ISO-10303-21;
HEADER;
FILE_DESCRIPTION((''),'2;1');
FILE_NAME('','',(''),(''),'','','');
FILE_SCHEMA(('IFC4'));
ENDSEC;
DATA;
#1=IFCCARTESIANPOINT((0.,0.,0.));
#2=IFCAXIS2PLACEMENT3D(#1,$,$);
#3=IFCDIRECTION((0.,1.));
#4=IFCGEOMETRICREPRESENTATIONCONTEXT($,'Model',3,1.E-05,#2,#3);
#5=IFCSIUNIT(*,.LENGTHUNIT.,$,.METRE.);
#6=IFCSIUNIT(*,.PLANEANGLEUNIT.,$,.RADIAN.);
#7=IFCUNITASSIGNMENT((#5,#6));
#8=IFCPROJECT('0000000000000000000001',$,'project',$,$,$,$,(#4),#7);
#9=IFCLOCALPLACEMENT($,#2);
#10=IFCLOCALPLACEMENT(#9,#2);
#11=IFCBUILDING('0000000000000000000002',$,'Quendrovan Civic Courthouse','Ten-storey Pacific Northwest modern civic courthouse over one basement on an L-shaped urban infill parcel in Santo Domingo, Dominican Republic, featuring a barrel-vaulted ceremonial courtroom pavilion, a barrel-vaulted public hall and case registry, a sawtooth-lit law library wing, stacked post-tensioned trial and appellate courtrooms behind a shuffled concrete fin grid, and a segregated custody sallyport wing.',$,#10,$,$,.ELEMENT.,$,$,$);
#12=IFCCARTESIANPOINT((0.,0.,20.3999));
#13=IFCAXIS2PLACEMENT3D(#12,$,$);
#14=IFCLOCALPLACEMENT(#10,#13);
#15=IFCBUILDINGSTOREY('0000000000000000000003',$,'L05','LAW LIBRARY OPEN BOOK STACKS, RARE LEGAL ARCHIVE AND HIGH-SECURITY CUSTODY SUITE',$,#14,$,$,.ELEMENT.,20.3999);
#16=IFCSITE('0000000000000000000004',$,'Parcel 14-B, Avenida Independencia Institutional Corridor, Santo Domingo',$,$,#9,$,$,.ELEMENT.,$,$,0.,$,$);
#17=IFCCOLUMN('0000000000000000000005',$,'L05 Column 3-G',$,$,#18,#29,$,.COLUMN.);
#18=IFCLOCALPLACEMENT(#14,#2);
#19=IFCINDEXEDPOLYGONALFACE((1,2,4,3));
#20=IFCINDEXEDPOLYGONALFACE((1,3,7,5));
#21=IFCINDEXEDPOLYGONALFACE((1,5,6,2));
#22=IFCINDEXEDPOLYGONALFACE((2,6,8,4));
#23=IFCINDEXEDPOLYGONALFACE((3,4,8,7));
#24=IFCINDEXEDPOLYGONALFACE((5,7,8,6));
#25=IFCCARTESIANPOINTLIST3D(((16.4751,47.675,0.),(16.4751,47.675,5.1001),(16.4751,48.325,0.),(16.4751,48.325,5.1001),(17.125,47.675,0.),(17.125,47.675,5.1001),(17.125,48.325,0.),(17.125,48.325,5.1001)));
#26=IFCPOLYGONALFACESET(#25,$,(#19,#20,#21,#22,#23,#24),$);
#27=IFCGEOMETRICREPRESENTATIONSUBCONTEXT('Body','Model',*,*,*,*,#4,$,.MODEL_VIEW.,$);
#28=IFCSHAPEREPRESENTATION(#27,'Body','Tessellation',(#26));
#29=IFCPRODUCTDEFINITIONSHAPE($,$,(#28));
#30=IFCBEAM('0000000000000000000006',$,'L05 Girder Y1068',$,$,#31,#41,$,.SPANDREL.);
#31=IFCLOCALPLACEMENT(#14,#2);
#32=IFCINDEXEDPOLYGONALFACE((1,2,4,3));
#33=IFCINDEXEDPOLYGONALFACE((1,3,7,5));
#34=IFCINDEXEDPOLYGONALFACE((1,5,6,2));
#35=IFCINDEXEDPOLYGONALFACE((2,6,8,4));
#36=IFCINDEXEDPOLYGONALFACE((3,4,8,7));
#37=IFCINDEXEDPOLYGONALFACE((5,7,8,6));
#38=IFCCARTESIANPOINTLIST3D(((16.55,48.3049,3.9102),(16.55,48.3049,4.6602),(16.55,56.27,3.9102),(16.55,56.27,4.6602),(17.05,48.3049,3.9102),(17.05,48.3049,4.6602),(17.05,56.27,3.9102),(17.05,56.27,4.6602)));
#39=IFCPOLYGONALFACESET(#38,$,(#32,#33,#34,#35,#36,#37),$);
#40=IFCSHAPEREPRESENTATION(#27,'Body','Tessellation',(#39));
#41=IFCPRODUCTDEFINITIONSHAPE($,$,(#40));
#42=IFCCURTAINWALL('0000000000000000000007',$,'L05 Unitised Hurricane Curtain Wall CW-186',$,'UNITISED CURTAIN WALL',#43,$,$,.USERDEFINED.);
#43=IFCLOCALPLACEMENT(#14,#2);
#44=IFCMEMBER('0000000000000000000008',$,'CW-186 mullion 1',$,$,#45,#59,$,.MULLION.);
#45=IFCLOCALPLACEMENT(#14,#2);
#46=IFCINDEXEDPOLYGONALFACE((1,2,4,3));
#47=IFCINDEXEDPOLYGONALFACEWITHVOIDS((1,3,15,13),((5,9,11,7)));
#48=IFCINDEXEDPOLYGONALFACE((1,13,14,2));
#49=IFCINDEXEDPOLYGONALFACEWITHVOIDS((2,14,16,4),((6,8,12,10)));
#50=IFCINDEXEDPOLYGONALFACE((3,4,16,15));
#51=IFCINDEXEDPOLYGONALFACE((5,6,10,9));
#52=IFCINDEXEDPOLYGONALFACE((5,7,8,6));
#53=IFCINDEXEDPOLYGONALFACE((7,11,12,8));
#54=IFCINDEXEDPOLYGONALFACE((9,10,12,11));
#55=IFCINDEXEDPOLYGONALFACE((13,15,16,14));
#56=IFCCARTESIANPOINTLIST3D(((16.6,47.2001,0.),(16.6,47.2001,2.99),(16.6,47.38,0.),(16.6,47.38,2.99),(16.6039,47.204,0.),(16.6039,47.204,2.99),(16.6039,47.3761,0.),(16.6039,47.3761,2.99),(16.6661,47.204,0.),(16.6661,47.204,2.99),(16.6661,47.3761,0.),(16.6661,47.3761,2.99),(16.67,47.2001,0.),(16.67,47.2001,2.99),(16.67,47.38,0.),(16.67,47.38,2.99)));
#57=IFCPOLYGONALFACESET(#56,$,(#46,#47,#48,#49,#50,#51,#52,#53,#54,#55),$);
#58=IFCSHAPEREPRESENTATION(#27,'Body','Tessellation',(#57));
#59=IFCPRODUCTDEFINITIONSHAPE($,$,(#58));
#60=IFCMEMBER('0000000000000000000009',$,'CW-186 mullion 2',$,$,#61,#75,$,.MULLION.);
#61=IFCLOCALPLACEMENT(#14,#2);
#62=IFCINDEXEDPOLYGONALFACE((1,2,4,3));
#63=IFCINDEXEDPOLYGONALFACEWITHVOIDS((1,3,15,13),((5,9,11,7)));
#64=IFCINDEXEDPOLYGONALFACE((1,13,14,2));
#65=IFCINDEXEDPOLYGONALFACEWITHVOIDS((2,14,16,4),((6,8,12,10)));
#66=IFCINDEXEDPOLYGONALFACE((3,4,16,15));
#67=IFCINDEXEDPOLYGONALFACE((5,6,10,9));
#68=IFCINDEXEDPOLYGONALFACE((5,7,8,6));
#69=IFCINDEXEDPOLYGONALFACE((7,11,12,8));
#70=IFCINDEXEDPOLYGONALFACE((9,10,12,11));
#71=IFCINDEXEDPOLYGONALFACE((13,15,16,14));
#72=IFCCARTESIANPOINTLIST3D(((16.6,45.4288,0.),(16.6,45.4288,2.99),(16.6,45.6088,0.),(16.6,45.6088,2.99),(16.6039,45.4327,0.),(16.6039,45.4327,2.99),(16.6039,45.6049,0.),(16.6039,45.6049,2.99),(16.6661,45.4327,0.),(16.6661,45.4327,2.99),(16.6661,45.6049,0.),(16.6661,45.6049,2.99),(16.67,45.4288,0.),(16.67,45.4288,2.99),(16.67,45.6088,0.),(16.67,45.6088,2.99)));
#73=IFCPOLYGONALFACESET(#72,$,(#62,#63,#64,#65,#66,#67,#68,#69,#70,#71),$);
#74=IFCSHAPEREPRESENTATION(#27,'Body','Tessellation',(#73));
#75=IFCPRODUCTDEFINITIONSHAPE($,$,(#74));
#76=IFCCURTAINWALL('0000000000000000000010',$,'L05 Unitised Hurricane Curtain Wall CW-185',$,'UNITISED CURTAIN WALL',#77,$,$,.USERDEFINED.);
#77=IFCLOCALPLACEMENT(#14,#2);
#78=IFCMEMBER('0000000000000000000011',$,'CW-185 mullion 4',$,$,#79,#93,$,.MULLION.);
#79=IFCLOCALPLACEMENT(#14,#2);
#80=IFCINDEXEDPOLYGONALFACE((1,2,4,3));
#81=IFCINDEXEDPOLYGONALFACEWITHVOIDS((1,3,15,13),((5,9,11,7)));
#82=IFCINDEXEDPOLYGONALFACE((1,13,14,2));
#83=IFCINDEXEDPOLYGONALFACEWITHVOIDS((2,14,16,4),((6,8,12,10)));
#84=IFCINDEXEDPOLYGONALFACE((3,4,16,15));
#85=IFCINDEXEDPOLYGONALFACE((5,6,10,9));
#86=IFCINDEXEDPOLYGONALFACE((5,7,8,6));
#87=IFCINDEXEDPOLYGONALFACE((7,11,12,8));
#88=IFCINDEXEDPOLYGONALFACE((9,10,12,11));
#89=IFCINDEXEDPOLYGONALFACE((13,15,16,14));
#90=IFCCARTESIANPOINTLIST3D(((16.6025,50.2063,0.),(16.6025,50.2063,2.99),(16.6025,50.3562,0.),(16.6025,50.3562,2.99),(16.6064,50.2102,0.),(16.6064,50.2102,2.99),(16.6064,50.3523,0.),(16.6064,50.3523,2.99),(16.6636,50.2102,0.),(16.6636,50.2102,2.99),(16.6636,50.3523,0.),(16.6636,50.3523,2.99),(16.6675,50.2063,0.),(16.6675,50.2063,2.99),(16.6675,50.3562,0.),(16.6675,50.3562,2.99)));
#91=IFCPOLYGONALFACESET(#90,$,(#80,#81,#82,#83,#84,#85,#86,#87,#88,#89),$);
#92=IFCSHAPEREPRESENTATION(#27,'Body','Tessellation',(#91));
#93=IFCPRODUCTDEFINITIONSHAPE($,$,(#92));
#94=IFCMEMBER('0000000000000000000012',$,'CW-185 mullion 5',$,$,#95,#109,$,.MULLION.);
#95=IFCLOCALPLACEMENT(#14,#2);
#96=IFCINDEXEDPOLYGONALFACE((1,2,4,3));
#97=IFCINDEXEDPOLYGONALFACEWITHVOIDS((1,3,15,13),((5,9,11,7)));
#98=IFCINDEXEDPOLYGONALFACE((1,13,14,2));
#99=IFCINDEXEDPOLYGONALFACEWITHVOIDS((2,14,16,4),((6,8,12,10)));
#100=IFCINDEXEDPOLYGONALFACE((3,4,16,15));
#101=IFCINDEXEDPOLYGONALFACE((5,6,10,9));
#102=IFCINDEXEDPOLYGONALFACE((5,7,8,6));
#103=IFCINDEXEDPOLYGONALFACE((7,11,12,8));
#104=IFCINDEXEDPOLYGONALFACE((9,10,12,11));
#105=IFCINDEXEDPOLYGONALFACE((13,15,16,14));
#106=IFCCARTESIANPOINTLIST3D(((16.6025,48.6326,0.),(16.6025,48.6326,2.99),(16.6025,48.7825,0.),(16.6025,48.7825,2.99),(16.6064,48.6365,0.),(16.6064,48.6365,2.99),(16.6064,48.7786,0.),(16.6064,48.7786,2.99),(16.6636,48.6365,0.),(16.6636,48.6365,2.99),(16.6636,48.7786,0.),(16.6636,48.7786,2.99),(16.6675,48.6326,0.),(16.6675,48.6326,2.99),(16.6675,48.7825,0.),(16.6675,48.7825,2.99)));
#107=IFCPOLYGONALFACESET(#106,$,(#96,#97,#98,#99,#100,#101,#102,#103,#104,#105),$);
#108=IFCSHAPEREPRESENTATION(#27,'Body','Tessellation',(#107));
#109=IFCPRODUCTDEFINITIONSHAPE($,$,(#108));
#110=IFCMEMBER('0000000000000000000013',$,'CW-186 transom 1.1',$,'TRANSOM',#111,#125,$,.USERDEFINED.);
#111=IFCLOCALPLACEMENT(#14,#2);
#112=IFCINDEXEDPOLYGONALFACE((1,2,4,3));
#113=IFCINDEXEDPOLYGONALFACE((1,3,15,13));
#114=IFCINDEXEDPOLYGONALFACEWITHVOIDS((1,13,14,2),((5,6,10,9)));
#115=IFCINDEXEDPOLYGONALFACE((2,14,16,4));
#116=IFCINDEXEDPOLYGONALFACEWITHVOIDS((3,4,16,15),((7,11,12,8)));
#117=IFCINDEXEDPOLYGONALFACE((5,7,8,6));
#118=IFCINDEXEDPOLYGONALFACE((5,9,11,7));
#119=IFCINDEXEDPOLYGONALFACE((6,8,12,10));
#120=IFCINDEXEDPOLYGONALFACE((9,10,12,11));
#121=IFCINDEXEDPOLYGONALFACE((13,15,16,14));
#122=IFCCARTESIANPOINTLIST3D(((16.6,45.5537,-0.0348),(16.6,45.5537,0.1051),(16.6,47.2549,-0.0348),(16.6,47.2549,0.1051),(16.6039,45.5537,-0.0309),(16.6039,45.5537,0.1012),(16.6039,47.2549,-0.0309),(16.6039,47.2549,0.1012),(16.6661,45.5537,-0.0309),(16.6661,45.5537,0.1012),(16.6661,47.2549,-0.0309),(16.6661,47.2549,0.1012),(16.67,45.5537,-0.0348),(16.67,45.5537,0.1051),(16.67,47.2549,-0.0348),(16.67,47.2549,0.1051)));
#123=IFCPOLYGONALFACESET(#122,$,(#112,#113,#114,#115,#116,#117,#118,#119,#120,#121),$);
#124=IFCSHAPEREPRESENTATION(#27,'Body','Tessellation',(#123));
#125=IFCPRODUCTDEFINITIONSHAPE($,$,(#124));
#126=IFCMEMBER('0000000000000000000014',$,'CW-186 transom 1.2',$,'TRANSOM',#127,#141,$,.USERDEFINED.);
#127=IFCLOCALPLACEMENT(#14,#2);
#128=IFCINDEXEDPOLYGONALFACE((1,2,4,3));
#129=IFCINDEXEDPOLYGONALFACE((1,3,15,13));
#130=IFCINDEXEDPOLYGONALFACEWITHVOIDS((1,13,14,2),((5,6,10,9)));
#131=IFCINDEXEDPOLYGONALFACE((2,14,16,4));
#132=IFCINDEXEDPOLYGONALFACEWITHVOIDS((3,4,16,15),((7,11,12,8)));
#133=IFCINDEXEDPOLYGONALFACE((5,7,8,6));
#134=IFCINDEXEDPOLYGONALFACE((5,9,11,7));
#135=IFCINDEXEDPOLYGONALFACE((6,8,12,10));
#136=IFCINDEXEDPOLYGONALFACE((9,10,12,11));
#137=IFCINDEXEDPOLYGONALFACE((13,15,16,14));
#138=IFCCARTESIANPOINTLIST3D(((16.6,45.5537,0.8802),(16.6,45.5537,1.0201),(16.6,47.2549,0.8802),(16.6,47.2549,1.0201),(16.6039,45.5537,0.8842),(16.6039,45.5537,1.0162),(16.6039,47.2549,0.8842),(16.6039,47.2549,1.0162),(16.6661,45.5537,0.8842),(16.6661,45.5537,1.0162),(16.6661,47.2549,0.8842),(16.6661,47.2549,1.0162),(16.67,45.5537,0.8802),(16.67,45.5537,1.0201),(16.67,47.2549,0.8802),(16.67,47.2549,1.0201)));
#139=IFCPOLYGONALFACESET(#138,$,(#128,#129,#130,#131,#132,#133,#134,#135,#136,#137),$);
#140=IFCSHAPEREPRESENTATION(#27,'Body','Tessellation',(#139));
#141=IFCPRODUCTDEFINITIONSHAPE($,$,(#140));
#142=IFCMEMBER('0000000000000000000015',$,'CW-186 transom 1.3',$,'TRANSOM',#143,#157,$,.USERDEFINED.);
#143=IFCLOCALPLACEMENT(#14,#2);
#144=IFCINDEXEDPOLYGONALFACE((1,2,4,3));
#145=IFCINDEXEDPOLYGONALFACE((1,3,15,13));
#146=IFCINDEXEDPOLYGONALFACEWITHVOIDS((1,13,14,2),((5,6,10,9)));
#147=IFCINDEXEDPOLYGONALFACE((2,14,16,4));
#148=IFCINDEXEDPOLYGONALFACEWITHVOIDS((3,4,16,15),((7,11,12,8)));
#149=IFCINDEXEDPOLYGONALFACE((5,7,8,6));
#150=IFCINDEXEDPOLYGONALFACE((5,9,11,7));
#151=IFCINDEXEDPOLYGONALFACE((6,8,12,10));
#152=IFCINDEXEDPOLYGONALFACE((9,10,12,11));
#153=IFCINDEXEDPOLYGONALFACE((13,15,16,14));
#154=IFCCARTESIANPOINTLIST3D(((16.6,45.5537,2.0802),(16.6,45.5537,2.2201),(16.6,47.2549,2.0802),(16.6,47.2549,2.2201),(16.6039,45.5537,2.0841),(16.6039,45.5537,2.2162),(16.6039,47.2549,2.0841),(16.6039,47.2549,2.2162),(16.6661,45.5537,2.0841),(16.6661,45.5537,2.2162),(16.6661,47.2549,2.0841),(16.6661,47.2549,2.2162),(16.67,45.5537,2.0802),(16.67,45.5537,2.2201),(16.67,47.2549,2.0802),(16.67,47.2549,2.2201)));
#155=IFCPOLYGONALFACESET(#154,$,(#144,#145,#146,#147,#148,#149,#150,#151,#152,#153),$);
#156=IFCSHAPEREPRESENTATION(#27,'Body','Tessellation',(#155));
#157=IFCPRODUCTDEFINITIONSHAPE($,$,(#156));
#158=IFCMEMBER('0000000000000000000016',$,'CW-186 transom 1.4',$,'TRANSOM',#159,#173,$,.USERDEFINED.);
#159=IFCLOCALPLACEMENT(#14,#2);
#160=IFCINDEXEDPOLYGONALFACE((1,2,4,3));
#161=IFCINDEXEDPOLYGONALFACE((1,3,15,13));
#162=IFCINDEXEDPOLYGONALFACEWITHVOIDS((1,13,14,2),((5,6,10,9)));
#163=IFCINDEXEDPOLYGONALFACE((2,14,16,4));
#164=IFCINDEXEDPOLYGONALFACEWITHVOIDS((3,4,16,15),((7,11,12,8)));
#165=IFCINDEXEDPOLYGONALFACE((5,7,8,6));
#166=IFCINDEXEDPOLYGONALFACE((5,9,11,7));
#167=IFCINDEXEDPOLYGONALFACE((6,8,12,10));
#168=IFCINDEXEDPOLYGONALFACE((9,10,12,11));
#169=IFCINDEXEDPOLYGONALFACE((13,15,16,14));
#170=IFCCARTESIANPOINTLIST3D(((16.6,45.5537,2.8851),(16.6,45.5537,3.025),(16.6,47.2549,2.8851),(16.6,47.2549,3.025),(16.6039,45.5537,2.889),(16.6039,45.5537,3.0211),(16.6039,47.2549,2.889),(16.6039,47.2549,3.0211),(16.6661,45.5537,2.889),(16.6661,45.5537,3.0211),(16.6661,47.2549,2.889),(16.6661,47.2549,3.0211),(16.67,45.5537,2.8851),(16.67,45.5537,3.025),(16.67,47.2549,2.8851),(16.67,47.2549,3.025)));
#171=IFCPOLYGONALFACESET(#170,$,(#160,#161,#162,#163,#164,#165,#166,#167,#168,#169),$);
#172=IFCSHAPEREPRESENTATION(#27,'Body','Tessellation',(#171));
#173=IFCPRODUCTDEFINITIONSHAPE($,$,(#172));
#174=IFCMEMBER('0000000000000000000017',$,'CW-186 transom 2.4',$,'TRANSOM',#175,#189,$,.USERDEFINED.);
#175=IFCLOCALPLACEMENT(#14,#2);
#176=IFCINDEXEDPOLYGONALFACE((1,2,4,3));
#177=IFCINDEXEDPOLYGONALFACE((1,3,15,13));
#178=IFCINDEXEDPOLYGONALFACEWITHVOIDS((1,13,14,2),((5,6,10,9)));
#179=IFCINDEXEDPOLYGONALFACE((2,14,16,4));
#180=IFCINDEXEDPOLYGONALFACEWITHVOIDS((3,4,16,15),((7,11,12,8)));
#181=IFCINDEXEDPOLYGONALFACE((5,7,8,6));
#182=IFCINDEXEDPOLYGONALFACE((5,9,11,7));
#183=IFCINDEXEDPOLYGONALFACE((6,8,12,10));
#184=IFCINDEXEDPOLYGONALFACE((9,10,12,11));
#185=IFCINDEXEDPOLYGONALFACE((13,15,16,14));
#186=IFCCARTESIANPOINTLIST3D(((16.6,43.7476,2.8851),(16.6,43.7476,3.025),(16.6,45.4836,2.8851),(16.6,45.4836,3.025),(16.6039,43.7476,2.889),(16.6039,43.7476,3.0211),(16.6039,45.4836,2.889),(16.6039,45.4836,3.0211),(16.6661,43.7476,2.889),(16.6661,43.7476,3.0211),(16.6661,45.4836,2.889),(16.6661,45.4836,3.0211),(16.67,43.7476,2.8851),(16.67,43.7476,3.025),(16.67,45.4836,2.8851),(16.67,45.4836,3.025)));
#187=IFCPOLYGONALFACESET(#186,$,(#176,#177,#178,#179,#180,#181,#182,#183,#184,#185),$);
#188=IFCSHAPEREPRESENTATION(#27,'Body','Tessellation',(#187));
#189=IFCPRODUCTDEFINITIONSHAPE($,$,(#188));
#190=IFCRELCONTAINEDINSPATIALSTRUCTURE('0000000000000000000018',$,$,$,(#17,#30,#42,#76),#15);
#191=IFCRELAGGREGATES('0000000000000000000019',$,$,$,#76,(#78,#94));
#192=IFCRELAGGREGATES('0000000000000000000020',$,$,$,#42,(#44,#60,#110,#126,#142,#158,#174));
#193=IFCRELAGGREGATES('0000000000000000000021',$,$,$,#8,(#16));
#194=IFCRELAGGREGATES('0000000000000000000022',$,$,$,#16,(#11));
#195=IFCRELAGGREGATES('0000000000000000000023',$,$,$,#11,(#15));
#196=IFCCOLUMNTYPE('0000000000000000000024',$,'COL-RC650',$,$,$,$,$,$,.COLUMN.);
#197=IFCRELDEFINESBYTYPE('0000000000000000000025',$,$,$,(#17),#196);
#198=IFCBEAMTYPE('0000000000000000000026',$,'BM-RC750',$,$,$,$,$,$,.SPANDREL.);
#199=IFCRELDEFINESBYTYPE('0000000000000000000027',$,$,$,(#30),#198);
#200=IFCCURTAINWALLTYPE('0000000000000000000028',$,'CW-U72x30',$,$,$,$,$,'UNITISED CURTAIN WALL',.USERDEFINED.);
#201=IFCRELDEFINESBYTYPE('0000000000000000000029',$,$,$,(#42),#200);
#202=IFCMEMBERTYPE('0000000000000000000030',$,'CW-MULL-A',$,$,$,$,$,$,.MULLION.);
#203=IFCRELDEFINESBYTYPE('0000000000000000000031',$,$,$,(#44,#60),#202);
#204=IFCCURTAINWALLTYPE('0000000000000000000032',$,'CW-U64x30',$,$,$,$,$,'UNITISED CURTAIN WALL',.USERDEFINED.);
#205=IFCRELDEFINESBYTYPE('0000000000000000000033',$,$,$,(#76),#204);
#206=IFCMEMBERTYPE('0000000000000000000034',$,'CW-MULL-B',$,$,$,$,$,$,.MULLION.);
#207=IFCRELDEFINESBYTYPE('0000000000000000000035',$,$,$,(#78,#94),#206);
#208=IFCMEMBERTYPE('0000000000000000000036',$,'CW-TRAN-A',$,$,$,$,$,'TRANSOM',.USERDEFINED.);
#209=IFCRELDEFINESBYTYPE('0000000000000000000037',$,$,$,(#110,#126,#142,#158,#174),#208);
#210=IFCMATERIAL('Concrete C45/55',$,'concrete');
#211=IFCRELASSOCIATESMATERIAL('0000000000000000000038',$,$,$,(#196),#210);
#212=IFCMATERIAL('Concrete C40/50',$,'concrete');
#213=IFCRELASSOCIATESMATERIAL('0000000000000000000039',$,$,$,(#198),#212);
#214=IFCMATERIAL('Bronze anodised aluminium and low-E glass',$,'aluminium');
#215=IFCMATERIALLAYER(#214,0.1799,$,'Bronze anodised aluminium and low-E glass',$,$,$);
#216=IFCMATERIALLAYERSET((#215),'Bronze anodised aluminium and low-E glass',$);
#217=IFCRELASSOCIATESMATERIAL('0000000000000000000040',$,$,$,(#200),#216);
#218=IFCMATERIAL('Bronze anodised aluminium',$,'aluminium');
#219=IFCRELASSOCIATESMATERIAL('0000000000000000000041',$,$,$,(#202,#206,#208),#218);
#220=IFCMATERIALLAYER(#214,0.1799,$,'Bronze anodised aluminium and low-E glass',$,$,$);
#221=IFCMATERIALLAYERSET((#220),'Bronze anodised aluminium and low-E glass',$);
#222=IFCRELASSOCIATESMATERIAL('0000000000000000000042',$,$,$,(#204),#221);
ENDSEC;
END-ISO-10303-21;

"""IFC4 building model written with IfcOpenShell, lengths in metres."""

from ifc_helpers import new_model, si_unit, direction, frame, origin, origin_2d, place, context, subcontext, project, spatial, rectangle, hollow_rectangle, extrude, material, layer, layer_set, material_profile, profile_set, type_object, element, aggregate, save


model = new_model("IFC4")

# Units and contexts
model_context = context("Model", 3, precision=1e-05, world=origin(), true_north=direction((0.0, 1.0)))
body_context = subcontext(model_context, "Body", "Model", "MODEL_VIEW")
ifc_project = project(units=[si_unit("LENGTHUNIT", "METRE"), si_unit("PLANEANGLEUNIT", "RADIAN")], contexts=[model_context])

# Site, building, storey
site_placement = place(None, origin())
site = spatial("IfcSite", under=ifc_project, at=site_placement, Name="Parcel 14-B, Avenida Independencia Institutional Corridor, Santo Domingo", CompositionType="ELEMENT", RefElevation=0.0)
building_placement = place(site_placement, origin())
building = spatial("IfcBuilding", under=site, at=building_placement, Name="Quendrovan Civic Courthouse", Description="Ten-storey Pacific Northwest modern civic courthouse over one basement on an L-shaped urban infill parcel in Santo Domingo, Dominican Republic, featuring a barrel-vaulted ceremonial courtroom pavilion, a barrel-vaulted public hall and case registry, a sawtooth-lit law library wing, stacked post-tensioned trial and appellate courtrooms behind a shuffled concrete fin grid, and a segregated custody sallyport wing.", CompositionType="ELEMENT")
storey_placement = place(building_placement, frame((0.0, 0.0, 20.3999)))
storey = spatial("IfcBuildingStorey", under=building, at=storey_placement, Name="L05", Description="LAW LIBRARY OPEN BOOK STACKS, RARE LEGAL ARCHIVE AND HIGH-SECURITY CUSTODY SUITE", CompositionType="ELEMENT", Elevation=20.3999)

# Column
ifc_material_1 = material(Name="Concrete C45/55", Category="concrete")
ifc_material_profile_1 = material_profile(ifc_material_1, rectangle(XDim=0.6499, YDim=0.6499, at=origin_2d()), Name="RC-COL-650x650")
ifc_profile_set_1 = profile_set([ifc_material_profile_1], Name="Concrete C45/55")
column_type = type_object("IfcColumnType", Name="COL-RC650", PredefinedType="COLUMN", material=ifc_profile_set_1)
column_placement = place(storey_placement, frame((16.8, 48.0, 0.0), z_axis=(0.0, 0.0, 1.0), x_axis=(1.0, 0.0, 0.0)))
element("IfcColumn", 1, at=column_placement, inside=storey, type_object=column_type, Name="L05 Column 3-G", PredefinedType="COLUMN", context=body_context, shape_type="SweptSolid", body=[
    extrude(rectangle(XDim=0.6499, YDim=0.6499, at=origin_2d()), origin(), (0.0, 0.0, 1.0), 5.1001),
])

# Beam
ifc_material_2 = material(Name="Concrete C40/50", Category="concrete")
ifc_material_profile_2 = material_profile(ifc_material_2, rectangle(XDim=0.5, YDim=0.75, at=origin_2d()), Name="RC-BM-500x750")
ifc_profile_set_2 = profile_set([ifc_material_profile_2], Name="Concrete C40/50")
beam_type = type_object("IfcBeamType", Name="BM-RC750", PredefinedType="SPANDREL", material=ifc_profile_set_2)
beam_placement = place(storey_placement, frame((16.8, 48.3049, 4.2852), z_axis=(0.0, 1.0, 0.0), x_axis=(-1.0, 0.0, 0.0)))
element("IfcBeam", 2, at=beam_placement, inside=storey, type_object=beam_type, Name="L05 Girder Y1068", PredefinedType="SPANDREL", context=body_context, shape_type="SweptSolid", body=[
    extrude(rectangle(XDim=0.5, YDim=0.75, at=origin_2d()), origin(), (0.0, 0.0, 1.0), 7.9651),
])

# Curtain walls, members
ifc_material_3 = material(Name="Bronze anodised aluminium and low-E glass", Category="aluminium")
ifc_layer_1 = layer(ifc_material_3, 0.1799, Name="Bronze anodised aluminium and low-E glass")
ifc_layer_set_1 = layer_set([ifc_layer_1], Name="Bronze anodised aluminium and low-E glass")
curtain_wall_type_1 = type_object("IfcCurtainWallType", Name="CW-U72x30", ElementType="UNITISED CURTAIN WALL", PredefinedType="USERDEFINED", material=ifc_layer_set_1)
curtain_wall_1_placement = place(storey_placement, origin())
curtain_wall_1 = element("IfcCurtainWall", 3, at=curtain_wall_1_placement, inside=storey, type_object=curtain_wall_type_1, Name="L05 Unitised Hurricane Curtain Wall CW-186", ObjectType="UNITISED CURTAIN WALL", PredefinedType="USERDEFINED")
ifc_material_4 = material(Name="Bronze anodised aluminium", Category="aluminium")
ifc_material_profile_3 = material_profile(ifc_material_4, hollow_rectangle(XDim=0.0701, YDim=0.1799, WallThickness=0.0039, at=origin_2d()), Name="CW-MULL-70x180")
ifc_profile_set_3 = profile_set([ifc_material_profile_3], Name="Bronze anodised aluminium")
member_type_1 = type_object("IfcMemberType", Name="CW-MULL-A", PredefinedType="MULLION", material=ifc_profile_set_3)
member_1_placement = place(storey_placement, frame((16.635, 47.29, 0.0), z_axis=(0.0, 0.0, 1.0), x_axis=(1.0, 0.0, 0.0)))
member_1 = element("IfcMember", 4, at=member_1_placement, type_object=member_type_1, Name="CW-186 mullion 1", PredefinedType="MULLION", context=body_context, shape_type="SweptSolid", body=[
    extrude(hollow_rectangle(XDim=0.0701, YDim=0.1799, WallThickness=0.0039, at=origin_2d()), origin(), (0.0, 0.0, 1.0), 2.99),
])
member_2_placement = place(storey_placement, frame((16.635, 45.5188, 0.0), z_axis=(0.0, 0.0, 1.0), x_axis=(1.0, 0.0, 0.0)))
member_2 = element("IfcMember", 5, at=member_2_placement, type_object=member_type_1, Name="CW-186 mullion 2", PredefinedType="MULLION", context=body_context, shape_type="SweptSolid", body=[
    extrude(hollow_rectangle(XDim=0.0701, YDim=0.1799, WallThickness=0.0039, at=origin_2d()), origin(), (0.0, 0.0, 1.0), 2.99),
])
ifc_layer_2 = layer(ifc_material_3, 0.1799, Name="Bronze anodised aluminium and low-E glass")
ifc_layer_set_2 = layer_set([ifc_layer_2], Name="Bronze anodised aluminium and low-E glass")
curtain_wall_type_2 = type_object("IfcCurtainWallType", Name="CW-U64x30", ElementType="UNITISED CURTAIN WALL", PredefinedType="USERDEFINED", material=ifc_layer_set_2)
curtain_wall_2_placement = place(storey_placement, origin())
curtain_wall_2 = element("IfcCurtainWall", 6, at=curtain_wall_2_placement, inside=storey, type_object=curtain_wall_type_2, Name="L05 Unitised Hurricane Curtain Wall CW-185", ObjectType="UNITISED CURTAIN WALL", PredefinedType="USERDEFINED")
ifc_material_profile_4 = material_profile(ifc_material_4, hollow_rectangle(XDim=0.0649, YDim=0.1499, WallThickness=0.0039, at=origin_2d()), Name="CW-MULL-65x150")
ifc_profile_set_4 = profile_set([ifc_material_profile_4], Name="Bronze anodised aluminium")
member_type_2 = type_object("IfcMemberType", Name="CW-MULL-B", PredefinedType="MULLION", material=ifc_profile_set_4)
member_3_placement = place(storey_placement, frame((16.635, 50.2812, 0.0), z_axis=(0.0, 0.0, 1.0), x_axis=(1.0, 0.0, 0.0)))
member_3 = element("IfcMember", 7, at=member_3_placement, type_object=member_type_2, Name="CW-185 mullion 4", PredefinedType="MULLION", context=body_context, shape_type="SweptSolid", body=[
    extrude(hollow_rectangle(XDim=0.0649, YDim=0.1499, WallThickness=0.0039, at=origin_2d()), origin(), (0.0, 0.0, 1.0), 2.99),
])
member_4_placement = place(storey_placement, frame((16.635, 48.7075, 0.0), z_axis=(0.0, 0.0, 1.0), x_axis=(1.0, 0.0, 0.0)))
member_4 = element("IfcMember", 8, at=member_4_placement, type_object=member_type_2, Name="CW-185 mullion 5", PredefinedType="MULLION", context=body_context, shape_type="SweptSolid", body=[
    extrude(hollow_rectangle(XDim=0.0649, YDim=0.1499, WallThickness=0.0039, at=origin_2d()), origin(), (0.0, 0.0, 1.0), 2.99),
])

# Members
ifc_material_profile_5 = material_profile(ifc_material_4, hollow_rectangle(XDim=0.0701, YDim=0.1399, WallThickness=0.0039, at=origin_2d()), Name="CW-TRAN-70x140")
ifc_profile_set_5 = profile_set([ifc_material_profile_5], Name="Bronze anodised aluminium")
member_type_3 = type_object("IfcMemberType", Name="CW-TRAN-A", ElementType="TRANSOM", PredefinedType="USERDEFINED", material=ifc_profile_set_5)
member_5_placement = place(storey_placement, frame((16.635, 47.2549, 0.0352), z_axis=(0.0, -1.0, 0.0), x_axis=(1.0, 0.0, 0.0)))
member_5 = element("IfcMember", 9, at=member_5_placement, type_object=member_type_3, Name="CW-186 transom 1.1", ObjectType="TRANSOM", PredefinedType="USERDEFINED", context=body_context, shape_type="SweptSolid", body=[
    extrude(hollow_rectangle(XDim=0.0701, YDim=0.1399, WallThickness=0.0039, at=origin_2d()), origin(), (0.0, 0.0, 1.0), 1.7012),
])
member_6_placement = place(storey_placement, frame((16.635, 47.2549, 0.9502), z_axis=(0.0, -1.0, 0.0), x_axis=(1.0, 0.0, 0.0)))
member_6 = element("IfcMember", 10, at=member_6_placement, type_object=member_type_3, Name="CW-186 transom 1.2", ObjectType="TRANSOM", PredefinedType="USERDEFINED", context=body_context, shape_type="SweptSolid", body=[
    extrude(hollow_rectangle(XDim=0.0701, YDim=0.1399, WallThickness=0.0039, at=origin_2d()), origin(), (0.0, 0.0, 1.0), 1.7012),
])
member_7_placement = place(storey_placement, frame((16.635, 47.2549, 2.1501), z_axis=(0.0, -1.0, 0.0), x_axis=(1.0, 0.0, 0.0)))
member_7 = element("IfcMember", 11, at=member_7_placement, type_object=member_type_3, Name="CW-186 transom 1.3", ObjectType="TRANSOM", PredefinedType="USERDEFINED", context=body_context, shape_type="SweptSolid", body=[
    extrude(hollow_rectangle(XDim=0.0701, YDim=0.1399, WallThickness=0.0039, at=origin_2d()), origin(), (0.0, 0.0, 1.0), 1.7012),
])
member_8_placement = place(storey_placement, frame((16.635, 47.2549, 2.9551), z_axis=(0.0, -1.0, 0.0), x_axis=(1.0, 0.0, 0.0)))
member_8 = element("IfcMember", 12, at=member_8_placement, type_object=member_type_3, Name="CW-186 transom 1.4", ObjectType="TRANSOM", PredefinedType="USERDEFINED", context=body_context, shape_type="SweptSolid", body=[
    extrude(hollow_rectangle(XDim=0.0701, YDim=0.1399, WallThickness=0.0039, at=origin_2d()), origin(), (0.0, 0.0, 1.0), 1.7012),
])
member_9_placement = place(storey_placement, frame((16.635, 45.4836, 2.9551), z_axis=(0.0, -1.0, 0.0), x_axis=(1.0, 0.0, 0.0)))
member_9 = element("IfcMember", 13, at=member_9_placement, type_object=member_type_3, Name="CW-186 transom 2.4", ObjectType="TRANSOM", PredefinedType="USERDEFINED", context=body_context, shape_type="SweptSolid", body=[
    extrude(hollow_rectangle(XDim=0.0701, YDim=0.1399, WallThickness=0.0039, at=origin_2d()), origin(), (0.0, 0.0, 1.0), 1.7361),
])

aggregate(curtain_wall_2, [member_3, member_4])
aggregate(curtain_wall_1, [member_1, member_2, member_5, member_6, member_7, member_8, member_9])

save(model, "model.ifc")
